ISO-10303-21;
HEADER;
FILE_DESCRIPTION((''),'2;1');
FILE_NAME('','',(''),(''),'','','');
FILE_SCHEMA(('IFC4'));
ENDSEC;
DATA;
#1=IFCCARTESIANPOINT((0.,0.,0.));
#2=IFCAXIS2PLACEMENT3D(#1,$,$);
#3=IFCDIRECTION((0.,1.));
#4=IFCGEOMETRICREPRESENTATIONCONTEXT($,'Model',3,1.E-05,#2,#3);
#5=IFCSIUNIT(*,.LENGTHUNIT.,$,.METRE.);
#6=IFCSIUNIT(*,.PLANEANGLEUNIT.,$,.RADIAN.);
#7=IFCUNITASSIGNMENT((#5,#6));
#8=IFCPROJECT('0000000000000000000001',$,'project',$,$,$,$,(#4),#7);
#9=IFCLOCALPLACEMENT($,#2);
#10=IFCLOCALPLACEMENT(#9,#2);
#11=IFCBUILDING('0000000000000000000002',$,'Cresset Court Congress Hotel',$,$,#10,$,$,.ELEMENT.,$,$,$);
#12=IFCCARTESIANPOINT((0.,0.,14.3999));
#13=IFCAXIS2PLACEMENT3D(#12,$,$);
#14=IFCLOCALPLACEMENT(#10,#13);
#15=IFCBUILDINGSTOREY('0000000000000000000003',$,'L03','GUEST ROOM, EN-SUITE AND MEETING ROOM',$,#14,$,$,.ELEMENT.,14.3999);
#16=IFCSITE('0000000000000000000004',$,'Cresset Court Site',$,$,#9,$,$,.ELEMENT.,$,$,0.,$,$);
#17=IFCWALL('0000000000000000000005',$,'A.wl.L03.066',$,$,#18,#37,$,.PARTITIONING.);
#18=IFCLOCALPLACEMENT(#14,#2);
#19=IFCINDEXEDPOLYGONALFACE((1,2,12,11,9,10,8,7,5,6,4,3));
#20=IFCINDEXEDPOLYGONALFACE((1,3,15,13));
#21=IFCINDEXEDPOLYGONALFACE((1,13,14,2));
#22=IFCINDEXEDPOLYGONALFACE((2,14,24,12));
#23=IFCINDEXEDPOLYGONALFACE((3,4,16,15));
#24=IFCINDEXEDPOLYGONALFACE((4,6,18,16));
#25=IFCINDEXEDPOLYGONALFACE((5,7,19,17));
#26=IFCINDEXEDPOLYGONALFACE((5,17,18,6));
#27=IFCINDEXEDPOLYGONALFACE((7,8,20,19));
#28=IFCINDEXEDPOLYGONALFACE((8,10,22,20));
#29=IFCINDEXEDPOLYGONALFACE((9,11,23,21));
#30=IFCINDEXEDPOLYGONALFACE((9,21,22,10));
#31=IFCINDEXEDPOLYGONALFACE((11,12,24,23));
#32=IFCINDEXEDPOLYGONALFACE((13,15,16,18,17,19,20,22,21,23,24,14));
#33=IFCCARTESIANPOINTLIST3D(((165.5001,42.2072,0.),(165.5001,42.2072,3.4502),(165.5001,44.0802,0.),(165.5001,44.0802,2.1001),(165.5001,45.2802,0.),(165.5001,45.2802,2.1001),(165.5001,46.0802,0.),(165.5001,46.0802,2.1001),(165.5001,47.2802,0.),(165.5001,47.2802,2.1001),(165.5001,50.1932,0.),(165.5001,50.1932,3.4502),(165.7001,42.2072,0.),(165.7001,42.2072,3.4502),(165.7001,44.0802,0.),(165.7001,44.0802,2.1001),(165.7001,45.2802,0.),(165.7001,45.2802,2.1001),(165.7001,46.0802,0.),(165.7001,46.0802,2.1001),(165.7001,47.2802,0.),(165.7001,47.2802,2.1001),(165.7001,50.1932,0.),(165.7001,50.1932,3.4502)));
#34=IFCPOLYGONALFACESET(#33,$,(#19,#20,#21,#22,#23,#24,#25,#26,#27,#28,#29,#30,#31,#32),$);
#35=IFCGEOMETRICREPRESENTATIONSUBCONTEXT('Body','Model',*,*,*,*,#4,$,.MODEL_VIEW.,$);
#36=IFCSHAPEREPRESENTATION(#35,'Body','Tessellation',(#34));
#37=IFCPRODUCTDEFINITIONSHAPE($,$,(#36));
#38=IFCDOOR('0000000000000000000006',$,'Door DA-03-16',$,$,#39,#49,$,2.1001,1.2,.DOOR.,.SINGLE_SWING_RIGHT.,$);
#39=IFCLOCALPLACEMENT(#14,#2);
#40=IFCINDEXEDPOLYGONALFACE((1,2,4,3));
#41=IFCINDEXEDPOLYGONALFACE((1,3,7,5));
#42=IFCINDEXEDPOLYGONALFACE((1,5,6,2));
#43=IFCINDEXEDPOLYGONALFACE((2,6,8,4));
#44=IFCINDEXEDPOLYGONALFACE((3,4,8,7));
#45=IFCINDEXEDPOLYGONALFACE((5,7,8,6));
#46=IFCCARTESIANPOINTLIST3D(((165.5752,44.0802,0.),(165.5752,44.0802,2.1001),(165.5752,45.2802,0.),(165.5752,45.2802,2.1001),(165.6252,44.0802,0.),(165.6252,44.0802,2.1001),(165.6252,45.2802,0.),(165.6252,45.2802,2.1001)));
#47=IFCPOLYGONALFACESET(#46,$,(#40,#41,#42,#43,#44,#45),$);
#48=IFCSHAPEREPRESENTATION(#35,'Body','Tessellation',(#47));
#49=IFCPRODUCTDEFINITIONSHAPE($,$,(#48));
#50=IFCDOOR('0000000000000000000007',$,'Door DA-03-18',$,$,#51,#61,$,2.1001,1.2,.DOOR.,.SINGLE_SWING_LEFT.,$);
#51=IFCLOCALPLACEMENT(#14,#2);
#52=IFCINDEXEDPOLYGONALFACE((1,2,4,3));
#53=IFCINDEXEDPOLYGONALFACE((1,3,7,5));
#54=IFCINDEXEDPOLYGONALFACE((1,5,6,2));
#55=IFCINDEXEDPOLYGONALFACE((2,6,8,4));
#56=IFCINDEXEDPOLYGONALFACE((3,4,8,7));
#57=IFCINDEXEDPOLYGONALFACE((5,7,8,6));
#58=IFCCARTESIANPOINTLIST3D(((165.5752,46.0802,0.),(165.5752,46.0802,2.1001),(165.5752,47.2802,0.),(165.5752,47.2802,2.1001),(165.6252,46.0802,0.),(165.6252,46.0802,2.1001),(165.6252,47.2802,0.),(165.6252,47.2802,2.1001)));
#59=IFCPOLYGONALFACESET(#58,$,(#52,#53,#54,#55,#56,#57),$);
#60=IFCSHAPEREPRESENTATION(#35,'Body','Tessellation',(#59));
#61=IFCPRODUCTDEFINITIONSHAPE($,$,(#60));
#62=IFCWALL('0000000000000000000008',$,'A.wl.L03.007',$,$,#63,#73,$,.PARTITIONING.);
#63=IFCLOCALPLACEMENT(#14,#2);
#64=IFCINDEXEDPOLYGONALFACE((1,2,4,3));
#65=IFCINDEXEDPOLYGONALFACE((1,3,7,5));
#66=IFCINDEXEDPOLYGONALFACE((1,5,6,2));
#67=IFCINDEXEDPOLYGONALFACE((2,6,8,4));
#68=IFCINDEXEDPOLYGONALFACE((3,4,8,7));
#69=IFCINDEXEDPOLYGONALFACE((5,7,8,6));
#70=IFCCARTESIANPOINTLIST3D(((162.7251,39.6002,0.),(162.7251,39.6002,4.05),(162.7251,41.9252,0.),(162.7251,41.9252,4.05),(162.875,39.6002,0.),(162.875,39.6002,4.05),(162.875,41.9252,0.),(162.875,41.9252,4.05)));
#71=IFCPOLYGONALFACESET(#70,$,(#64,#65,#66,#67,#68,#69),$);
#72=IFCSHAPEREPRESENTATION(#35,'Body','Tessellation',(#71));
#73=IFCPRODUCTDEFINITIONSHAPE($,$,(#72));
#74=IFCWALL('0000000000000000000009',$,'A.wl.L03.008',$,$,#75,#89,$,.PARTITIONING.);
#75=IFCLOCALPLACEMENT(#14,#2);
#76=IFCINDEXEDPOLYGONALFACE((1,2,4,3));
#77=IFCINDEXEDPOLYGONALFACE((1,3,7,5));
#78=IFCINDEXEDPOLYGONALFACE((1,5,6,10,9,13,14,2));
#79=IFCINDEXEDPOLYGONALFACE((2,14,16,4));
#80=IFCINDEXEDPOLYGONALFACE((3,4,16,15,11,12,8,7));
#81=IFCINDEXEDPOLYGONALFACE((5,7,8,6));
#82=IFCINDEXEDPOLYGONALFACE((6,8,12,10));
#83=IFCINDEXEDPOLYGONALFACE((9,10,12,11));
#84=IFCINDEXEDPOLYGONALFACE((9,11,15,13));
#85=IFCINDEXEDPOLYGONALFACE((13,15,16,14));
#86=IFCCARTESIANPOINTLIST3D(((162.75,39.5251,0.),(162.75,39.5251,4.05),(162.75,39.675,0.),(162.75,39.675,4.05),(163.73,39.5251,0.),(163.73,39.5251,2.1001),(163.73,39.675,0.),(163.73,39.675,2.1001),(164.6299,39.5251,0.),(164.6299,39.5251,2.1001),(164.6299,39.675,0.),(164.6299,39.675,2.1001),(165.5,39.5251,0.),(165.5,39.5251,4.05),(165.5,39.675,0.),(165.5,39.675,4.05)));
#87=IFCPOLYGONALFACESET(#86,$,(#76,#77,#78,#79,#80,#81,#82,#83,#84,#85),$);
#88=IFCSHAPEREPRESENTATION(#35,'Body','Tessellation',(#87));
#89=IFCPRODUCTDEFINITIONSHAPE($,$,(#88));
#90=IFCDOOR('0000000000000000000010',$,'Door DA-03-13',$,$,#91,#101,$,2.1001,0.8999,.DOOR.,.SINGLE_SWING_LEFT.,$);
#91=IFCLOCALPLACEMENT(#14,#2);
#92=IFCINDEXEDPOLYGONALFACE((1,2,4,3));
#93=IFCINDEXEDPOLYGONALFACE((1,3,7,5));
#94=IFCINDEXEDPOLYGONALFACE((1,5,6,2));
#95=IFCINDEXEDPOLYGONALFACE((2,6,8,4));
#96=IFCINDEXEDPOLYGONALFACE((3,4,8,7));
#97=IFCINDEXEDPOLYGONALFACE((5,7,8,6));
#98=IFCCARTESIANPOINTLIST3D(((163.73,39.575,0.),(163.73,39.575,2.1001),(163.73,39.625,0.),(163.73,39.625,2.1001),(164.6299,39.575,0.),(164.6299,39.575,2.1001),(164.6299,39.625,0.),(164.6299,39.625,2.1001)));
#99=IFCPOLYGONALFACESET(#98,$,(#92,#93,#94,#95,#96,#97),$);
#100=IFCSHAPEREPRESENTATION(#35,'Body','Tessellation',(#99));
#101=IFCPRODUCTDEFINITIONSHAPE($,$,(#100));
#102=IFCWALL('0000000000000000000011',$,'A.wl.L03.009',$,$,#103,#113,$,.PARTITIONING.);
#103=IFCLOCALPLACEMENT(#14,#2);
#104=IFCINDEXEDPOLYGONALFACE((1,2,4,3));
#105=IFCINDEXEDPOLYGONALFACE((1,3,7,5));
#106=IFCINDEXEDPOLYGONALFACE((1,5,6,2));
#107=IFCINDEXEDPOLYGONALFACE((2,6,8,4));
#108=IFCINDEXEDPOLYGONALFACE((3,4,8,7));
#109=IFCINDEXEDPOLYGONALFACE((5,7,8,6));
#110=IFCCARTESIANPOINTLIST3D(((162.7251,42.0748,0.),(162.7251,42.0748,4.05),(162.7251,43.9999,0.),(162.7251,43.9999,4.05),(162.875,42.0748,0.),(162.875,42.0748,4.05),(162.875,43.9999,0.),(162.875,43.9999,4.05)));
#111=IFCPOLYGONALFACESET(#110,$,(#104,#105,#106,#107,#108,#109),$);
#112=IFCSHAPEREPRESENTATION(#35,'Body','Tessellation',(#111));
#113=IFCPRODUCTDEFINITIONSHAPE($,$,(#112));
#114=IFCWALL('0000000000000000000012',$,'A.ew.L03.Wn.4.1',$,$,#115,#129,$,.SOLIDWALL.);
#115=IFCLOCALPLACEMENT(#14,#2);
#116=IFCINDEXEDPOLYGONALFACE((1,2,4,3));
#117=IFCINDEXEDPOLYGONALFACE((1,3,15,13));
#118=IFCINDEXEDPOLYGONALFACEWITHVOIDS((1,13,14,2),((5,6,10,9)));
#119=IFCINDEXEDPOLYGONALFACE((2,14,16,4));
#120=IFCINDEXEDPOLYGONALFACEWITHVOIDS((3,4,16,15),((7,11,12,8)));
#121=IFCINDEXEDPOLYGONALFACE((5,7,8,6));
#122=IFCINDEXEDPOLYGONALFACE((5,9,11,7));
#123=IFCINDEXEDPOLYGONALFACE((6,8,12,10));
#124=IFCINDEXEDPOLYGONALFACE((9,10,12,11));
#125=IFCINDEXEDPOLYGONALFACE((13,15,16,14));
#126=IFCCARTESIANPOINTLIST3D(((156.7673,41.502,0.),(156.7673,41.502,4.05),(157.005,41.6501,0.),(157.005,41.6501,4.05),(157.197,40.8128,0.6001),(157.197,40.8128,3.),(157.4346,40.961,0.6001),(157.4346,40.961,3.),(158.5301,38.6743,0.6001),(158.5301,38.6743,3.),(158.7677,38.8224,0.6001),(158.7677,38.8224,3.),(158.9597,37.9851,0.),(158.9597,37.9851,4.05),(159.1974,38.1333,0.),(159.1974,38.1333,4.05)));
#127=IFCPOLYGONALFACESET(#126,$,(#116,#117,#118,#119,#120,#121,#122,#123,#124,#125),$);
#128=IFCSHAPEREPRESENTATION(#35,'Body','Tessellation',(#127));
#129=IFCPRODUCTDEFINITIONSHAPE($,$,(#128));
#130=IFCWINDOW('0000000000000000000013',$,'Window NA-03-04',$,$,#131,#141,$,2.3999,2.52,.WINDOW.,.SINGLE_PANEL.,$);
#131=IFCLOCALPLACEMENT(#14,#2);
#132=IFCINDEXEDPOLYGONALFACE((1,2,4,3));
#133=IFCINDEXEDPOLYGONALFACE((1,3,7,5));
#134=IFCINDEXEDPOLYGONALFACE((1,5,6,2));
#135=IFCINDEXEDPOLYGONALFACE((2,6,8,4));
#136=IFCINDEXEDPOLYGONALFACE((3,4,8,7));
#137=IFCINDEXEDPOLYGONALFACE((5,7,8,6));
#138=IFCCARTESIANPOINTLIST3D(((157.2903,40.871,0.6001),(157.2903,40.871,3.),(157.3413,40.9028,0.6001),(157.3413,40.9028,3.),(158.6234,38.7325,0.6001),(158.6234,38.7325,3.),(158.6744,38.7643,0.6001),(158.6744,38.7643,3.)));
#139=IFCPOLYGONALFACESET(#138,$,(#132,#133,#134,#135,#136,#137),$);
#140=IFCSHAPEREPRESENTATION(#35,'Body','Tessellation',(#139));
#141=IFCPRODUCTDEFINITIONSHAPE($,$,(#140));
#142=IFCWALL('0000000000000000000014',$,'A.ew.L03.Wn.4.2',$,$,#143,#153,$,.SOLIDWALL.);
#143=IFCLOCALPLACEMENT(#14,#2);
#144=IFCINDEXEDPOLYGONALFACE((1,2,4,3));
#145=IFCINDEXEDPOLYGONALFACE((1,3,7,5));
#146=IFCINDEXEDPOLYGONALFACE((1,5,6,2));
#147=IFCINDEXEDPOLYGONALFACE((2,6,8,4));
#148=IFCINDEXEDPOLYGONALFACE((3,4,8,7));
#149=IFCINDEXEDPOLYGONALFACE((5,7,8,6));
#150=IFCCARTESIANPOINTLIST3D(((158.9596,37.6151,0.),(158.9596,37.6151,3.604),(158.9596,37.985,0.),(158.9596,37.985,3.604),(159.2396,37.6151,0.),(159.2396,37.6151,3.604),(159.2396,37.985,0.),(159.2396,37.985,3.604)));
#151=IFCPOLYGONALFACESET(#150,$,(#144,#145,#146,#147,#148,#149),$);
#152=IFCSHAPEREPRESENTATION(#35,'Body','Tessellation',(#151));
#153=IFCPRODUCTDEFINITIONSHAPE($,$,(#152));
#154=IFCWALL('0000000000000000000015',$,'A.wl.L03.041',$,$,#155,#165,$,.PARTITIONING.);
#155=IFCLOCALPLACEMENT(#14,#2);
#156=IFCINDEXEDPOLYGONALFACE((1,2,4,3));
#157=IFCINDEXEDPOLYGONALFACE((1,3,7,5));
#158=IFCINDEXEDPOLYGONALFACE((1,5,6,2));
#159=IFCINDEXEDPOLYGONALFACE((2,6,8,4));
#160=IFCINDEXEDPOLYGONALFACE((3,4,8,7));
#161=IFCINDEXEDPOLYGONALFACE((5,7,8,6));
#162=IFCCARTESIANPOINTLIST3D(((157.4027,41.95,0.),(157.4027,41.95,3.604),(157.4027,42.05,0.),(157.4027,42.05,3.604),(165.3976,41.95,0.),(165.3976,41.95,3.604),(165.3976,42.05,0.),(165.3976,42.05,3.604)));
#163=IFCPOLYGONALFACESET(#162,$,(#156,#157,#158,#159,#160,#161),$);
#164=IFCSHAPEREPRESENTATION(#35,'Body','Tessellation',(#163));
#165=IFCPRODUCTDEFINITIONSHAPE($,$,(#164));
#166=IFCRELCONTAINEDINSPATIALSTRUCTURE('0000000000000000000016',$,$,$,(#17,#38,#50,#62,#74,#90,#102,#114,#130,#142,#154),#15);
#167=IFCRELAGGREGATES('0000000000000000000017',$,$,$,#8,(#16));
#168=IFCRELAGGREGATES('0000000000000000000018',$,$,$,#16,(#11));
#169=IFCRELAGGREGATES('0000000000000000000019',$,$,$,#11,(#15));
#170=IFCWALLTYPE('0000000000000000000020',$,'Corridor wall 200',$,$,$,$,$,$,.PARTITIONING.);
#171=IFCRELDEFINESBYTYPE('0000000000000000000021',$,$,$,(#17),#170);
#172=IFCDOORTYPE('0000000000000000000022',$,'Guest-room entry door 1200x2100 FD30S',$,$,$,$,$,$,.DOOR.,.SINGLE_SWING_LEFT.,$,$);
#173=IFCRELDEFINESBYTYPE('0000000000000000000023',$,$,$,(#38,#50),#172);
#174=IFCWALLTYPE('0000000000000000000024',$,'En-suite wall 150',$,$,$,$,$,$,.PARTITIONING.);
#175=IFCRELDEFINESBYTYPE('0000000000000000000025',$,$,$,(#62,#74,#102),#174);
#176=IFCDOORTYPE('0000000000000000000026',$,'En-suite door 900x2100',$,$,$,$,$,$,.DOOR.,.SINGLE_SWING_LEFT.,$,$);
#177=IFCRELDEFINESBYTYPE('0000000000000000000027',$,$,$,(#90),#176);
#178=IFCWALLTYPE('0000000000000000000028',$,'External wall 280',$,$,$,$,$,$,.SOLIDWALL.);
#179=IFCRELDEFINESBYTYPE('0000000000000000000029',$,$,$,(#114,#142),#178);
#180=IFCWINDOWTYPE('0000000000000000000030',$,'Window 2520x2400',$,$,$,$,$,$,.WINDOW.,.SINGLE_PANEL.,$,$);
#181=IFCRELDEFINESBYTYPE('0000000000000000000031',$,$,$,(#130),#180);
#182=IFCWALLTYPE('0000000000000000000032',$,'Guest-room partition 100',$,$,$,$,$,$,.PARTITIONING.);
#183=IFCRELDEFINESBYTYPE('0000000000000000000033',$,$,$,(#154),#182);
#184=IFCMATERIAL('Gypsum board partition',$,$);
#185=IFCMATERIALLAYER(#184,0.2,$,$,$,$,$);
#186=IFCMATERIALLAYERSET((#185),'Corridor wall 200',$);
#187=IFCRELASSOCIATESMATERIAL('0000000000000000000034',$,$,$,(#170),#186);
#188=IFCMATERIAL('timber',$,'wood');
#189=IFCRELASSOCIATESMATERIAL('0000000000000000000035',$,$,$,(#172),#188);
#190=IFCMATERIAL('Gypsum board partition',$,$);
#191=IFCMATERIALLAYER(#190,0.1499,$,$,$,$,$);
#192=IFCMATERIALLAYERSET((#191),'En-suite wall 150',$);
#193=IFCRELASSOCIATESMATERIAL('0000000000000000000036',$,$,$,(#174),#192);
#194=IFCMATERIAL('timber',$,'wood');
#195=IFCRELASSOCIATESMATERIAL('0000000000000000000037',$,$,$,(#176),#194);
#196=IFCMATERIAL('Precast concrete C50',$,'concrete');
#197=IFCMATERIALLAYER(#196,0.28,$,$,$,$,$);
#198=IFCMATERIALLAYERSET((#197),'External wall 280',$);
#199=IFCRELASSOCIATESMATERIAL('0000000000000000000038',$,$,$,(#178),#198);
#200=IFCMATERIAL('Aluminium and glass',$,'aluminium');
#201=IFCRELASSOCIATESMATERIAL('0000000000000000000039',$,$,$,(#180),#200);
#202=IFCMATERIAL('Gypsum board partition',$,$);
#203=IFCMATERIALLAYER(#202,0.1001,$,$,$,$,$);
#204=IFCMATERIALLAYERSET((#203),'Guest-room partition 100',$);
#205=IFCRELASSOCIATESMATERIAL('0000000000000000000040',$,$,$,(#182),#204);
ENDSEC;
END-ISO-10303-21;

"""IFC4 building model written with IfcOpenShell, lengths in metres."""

from ifc_helpers import new_model, si_unit, direction, frame, frame_2d, origin, place, context, subcontext, project, spatial, rectangle, extrude, material, layer, layer_set, type_object, element, fill, save


model = new_model("IFC4")

# Units and contexts
model_context = context("Model", 3, precision=1e-05, world=origin(), true_north=direction((0.0, 1.0)))
body_context = subcontext(model_context, "Body", "Model", "MODEL_VIEW")
ifc_project = project(units=[si_unit("LENGTHUNIT", "METRE"), si_unit("PLANEANGLEUNIT", "RADIAN")], contexts=[model_context])

# Site, building, storey
site_placement = place(None, origin())
site = spatial("IfcSite", under=ifc_project, at=site_placement, Name="Cresset Court Site", CompositionType="ELEMENT", RefElevation=0.0)
building_placement = place(site_placement, origin())
building = spatial("IfcBuilding", under=site, at=building_placement, Name="Cresset Court Congress Hotel", CompositionType="ELEMENT")
storey_placement = place(building_placement, frame((0.0, 0.0, 14.3999)))
storey = spatial("IfcBuildingStorey", under=building, at=storey_placement, Name="L03", Description="GUEST ROOM, EN-SUITE AND MEETING ROOM", CompositionType="ELEMENT", Elevation=14.3999)

# Wall, openings, doors
ifc_material_1 = material(Name="Gypsum board partition")
ifc_layer_1 = layer(ifc_material_1, 0.2)
ifc_layer_set_1 = layer_set([ifc_layer_1], Name="Corridor wall 200")
wall_type_1 = type_object("IfcWallType", Name="Corridor wall 200", PredefinedType="PARTITIONING", material=ifc_layer_set_1)
wall_1_placement = place(storey_placement, frame((165.6001, 42.207, 0.0), z_axis=(0.0, 0.0, 1.0), x_axis=(0.0, 1.0, 0.0)))
wall_1 = element("IfcWall", 1, at=wall_1_placement, inside=storey, type_object=wall_type_1, Name="A.wl.L03.066", PredefinedType="PARTITIONING", context=body_context, shape_type="SweptSolid", body=[
    extrude(rectangle(XDim=7.9861, YDim=0.2, at=frame_2d((3.9932, 0.0))), origin(), (0.0, 0.0, 1.0), 3.4502),
])
opening_1_placement = place(wall_1_placement, frame((1.873, 0.0, 0.0)))
opening_1 = element("IfcOpeningElement", 2, at=opening_1_placement, cuts=wall_1, PredefinedType="OPENING", context=body_context, shape_type="SweptSolid", body=[
    extrude(rectangle(XDim=1.2, YDim=2.1001, at=frame_2d((0.6001, 1.05))), frame((0.0, 0.1099, 0.0), z_axis=(0.0, -1.0, 0.0), x_axis=(1.0, 0.0, 0.0)), (0.0, 0.0, 1.0), 0.22),
])
opening_2_placement = place(wall_1_placement, frame((3.873, 0.0, 0.0)))
opening_2 = element("IfcOpeningElement", 3, at=opening_2_placement, cuts=wall_1, PredefinedType="OPENING", context=body_context, shape_type="SweptSolid", body=[
    extrude(rectangle(XDim=1.2, YDim=2.1001, at=frame_2d((0.6001, 1.05))), frame((0.0, 0.1099, 0.0), z_axis=(0.0, -1.0, 0.0), x_axis=(1.0, 0.0, 0.0)), (0.0, 0.0, 1.0), 0.22),
])
ifc_material_2 = material(Name="timber", Category="wood")
door_type_1 = type_object("IfcDoorType", Name="Guest-room entry door 1200x2100 FD30S", OperationType="SINGLE_SWING_LEFT", PredefinedType="DOOR", material=ifc_material_2)
door_1_placement = place(opening_1_placement, origin())
door_1 = element("IfcDoor", 4, at=door_1_placement, inside=storey, type_object=door_type_1, Name="Door DA-03-16", OperationType="SINGLE_SWING_RIGHT", OverallHeight=2.1001, OverallWidth=1.2, PredefinedType="DOOR", context=body_context, shape_type="SweptSolid", body=[
    extrude(rectangle(XDim=1.2, YDim=2.1001, at=frame_2d((0.6001, 1.05))), frame((0.0, 0.0249, 0.0), z_axis=(0.0, -1.0, 0.0), x_axis=(1.0, 0.0, 0.0)), (0.0, 0.0, 1.0), 0.05),
])
fill(opening_1, door_1)
door_2_placement = place(opening_2_placement, origin())
door_2 = element("IfcDoor", 5, at=door_2_placement, inside=storey, type_object=door_type_1, Name="Door DA-03-18", OperationType="SINGLE_SWING_LEFT", OverallHeight=2.1001, OverallWidth=1.2, PredefinedType="DOOR", context=body_context, shape_type="SweptSolid", body=[
    extrude(rectangle(XDim=1.2, YDim=2.1001, at=frame_2d((0.6001, 1.05))), frame((0.0, 0.0249, 0.0), z_axis=(0.0, -1.0, 0.0), x_axis=(1.0, 0.0, 0.0)), (0.0, 0.0, 1.0), 0.05),
])
fill(opening_2, door_2)

# Wall
ifc_material_3 = material(Name="Gypsum board partition")
ifc_layer_2 = layer(ifc_material_3, 0.1499)
ifc_layer_set_2 = layer_set([ifc_layer_2], Name="En-suite wall 150")
wall_type_2 = type_object("IfcWallType", Name="En-suite wall 150", PredefinedType="PARTITIONING", material=ifc_layer_set_2)
wall_2_placement = place(storey_placement, frame((162.8, 39.6001, 0.0), z_axis=(0.0, 0.0, 1.0), x_axis=(0.0, 1.0, 0.0)))
element("IfcWall", 6, at=wall_2_placement, inside=storey, type_object=wall_type_2, Name="A.wl.L03.007", PredefinedType="PARTITIONING", context=body_context, shape_type="SweptSolid", body=[
    extrude(rectangle(XDim=2.325, YDim=0.1499, at=frame_2d((1.1626, 0.0))), origin(), (0.0, 0.0, 1.0), 4.05),
])

# Wall, opening, door
wall_3_placement = place(storey_placement, frame((162.75, 39.6001, 0.0), z_axis=(0.0, 0.0, 1.0), x_axis=(1.0, 0.0, 0.0)))
wall_3 = element("IfcWall", 7, at=wall_3_placement, inside=storey, type_object=wall_type_2, Name="A.wl.L03.008", PredefinedType="PARTITIONING", context=body_context, shape_type="SweptSolid", body=[
    extrude(rectangle(XDim=2.75, YDim=0.1499, at=frame_2d((1.375, 0.0))), origin(), (0.0, 0.0, 1.0), 4.05),
])
opening_3_placement = place(wall_3_placement, frame((0.98, 0.0, 0.0)))
opening_3 = element("IfcOpeningElement", 8, at=opening_3_placement, cuts=wall_3, PredefinedType="OPENING", context=body_context, shape_type="SweptSolid", body=[
    extrude(rectangle(XDim=0.8999, YDim=2.1001, at=frame_2d((0.45, 1.05))), frame((0.0, 0.085, 0.0), z_axis=(0.0, -1.0, 0.0), x_axis=(1.0, 0.0, 0.0)), (0.0, 0.0, 1.0), 0.1699),
])
ifc_material_4 = material(Name="timber", Category="wood")
door_type_2 = type_object("IfcDoorType", Name="En-suite door 900x2100", OperationType="SINGLE_SWING_LEFT", PredefinedType="DOOR", material=ifc_material_4)
door_3_placement = place(opening_3_placement, origin())
door_3 = element("IfcDoor", 9, at=door_3_placement, inside=storey, type_object=door_type_2, Name="Door DA-03-13", OperationType="SINGLE_SWING_LEFT", OverallHeight=2.1001, OverallWidth=0.8999, PredefinedType="DOOR", context=body_context, shape_type="SweptSolid", body=[
    extrude(rectangle(XDim=0.8999, YDim=2.1001, at=frame_2d((0.45, 1.05))), frame((0.0, 0.0249, 0.0), z_axis=(0.0, -1.0, 0.0), x_axis=(1.0, 0.0, 0.0)), (0.0, 0.0, 1.0), 0.05),
])
fill(opening_3, door_3)

# Wall
wall_4_placement = place(storey_placement, frame((162.8, 42.075, 0.0), z_axis=(0.0, 0.0, 1.0), x_axis=(0.0, 1.0, 0.0)))
element("IfcWall", 10, at=wall_4_placement, inside=storey, type_object=wall_type_2, Name="A.wl.L03.009", PredefinedType="PARTITIONING", context=body_context, shape_type="SweptSolid", body=[
    extrude(rectangle(XDim=1.925, YDim=0.1499, at=frame_2d((0.9624, 0.0))), origin(), (0.0, 0.0, 1.0), 4.05),
])

# Wall, opening, window
ifc_material_5 = material(Name="Precast concrete C50", Category="concrete")
ifc_layer_3 = layer(ifc_material_5, 0.28)
ifc_layer_set_3 = layer_set([ifc_layer_3], Name="External wall 280")
wall_type_3 = type_object("IfcWallType", Name="External wall 280", PredefinedType="SOLIDWALL", material=ifc_layer_set_3)
wall_5_placement = place(storey_placement, frame((159.0786, 38.0591, 0.0), z_axis=(0.0, 0.0, 1.0), x_axis=(-0.529019, 0.84861, 0.0)))
wall_5 = element("IfcWall", 11, at=wall_5_placement, inside=storey, type_object=wall_type_3, Name="A.ew.L03.Wn.4.1", PredefinedType="SOLIDWALL", context=body_context, shape_type="SweptSolid", body=[
    extrude(rectangle(XDim=4.1443, YDim=0.28, at=frame_2d((2.0723, 0.0))), origin(), (0.0, 0.0, 1.0), 4.05),
])
opening_4_placement = place(wall_5_placement, frame((0.8123, 0.0, 0.6001)))
opening_4 = element("IfcOpeningElement", 12, at=opening_4_placement, cuts=wall_5, PredefinedType="OPENING", context=body_context, shape_type="SweptSolid", body=[
    extrude(rectangle(XDim=2.52, YDim=2.3999, at=frame_2d((1.26, 1.2))), frame((0.0, 0.1499, 0.0), z_axis=(0.0, -1.0, 0.0), x_axis=(1.0, 0.0, 0.0)), (0.0, 0.0, 1.0), 0.3),
])
ifc_material_6 = material(Name="Aluminium and glass", Category="aluminium")
window_type = type_object("IfcWindowType", Name="Window 2520x2400", PartitioningType="SINGLE_PANEL", PredefinedType="WINDOW", material=ifc_material_6)
window_placement = place(opening_4_placement, origin())
window = element("IfcWindow", 13, at=window_placement, inside=storey, type_object=window_type, Name="Window NA-03-04", OverallHeight=2.3999, OverallWidth=2.52, PartitioningType="SINGLE_PANEL", PredefinedType="WINDOW", context=body_context, shape_type="SweptSolid", body=[
    extrude(rectangle(XDim=2.52, YDim=2.3999, at=frame_2d((1.26, 1.2))), frame((0.0, 0.03, 0.0), z_axis=(0.0, -1.0, 0.0), x_axis=(1.0, 0.0, 0.0)), (0.0, 0.0, 1.0), 0.0601),
])
fill(opening_4, window)

# Walls
wall_6_placement = place(storey_placement, frame((159.0996, 37.615, 0.0), z_axis=(0.0, 0.0, 1.0), x_axis=(0.0, 1.0, 0.0)))
element("IfcWall", 14, at=wall_6_placement, inside=storey, type_object=wall_type_3, Name="A.ew.L03.Wn.4.2", PredefinedType="SOLIDWALL", context=body_context, shape_type="SweptSolid", body=[
    extrude(rectangle(XDim=0.3699, YDim=0.28, at=frame_2d((0.1851, 0.0))), origin(), (0.0, 0.0, 1.0), 3.604),
])
ifc_material_7 = material(Name="Gypsum board partition")
ifc_layer_4 = layer(ifc_material_7, 0.1001)
ifc_layer_set_4 = layer_set([ifc_layer_4], Name="Guest-room partition 100")
wall_type_4 = type_object("IfcWallType", Name="Guest-room partition 100", PredefinedType="PARTITIONING", material=ifc_layer_set_4)
wall_7_placement = place(storey_placement, frame((157.4026, 42.0, 0.0), z_axis=(0.0, 0.0, 1.0), x_axis=(1.0, 0.0, 0.0)))
element("IfcWall", 15, at=wall_7_placement, inside=storey, type_object=wall_type_4, Name="A.wl.L03.041", PredefinedType="PARTITIONING", context=body_context, shape_type="SweptSolid", body=[
    extrude(rectangle(XDim=7.9949, YDim=0.1001, at=frame_2d((3.9976, 0.0))), origin(), (0.0, 0.0, 1.0), 3.604),
])

save(model, "model.ifc")
